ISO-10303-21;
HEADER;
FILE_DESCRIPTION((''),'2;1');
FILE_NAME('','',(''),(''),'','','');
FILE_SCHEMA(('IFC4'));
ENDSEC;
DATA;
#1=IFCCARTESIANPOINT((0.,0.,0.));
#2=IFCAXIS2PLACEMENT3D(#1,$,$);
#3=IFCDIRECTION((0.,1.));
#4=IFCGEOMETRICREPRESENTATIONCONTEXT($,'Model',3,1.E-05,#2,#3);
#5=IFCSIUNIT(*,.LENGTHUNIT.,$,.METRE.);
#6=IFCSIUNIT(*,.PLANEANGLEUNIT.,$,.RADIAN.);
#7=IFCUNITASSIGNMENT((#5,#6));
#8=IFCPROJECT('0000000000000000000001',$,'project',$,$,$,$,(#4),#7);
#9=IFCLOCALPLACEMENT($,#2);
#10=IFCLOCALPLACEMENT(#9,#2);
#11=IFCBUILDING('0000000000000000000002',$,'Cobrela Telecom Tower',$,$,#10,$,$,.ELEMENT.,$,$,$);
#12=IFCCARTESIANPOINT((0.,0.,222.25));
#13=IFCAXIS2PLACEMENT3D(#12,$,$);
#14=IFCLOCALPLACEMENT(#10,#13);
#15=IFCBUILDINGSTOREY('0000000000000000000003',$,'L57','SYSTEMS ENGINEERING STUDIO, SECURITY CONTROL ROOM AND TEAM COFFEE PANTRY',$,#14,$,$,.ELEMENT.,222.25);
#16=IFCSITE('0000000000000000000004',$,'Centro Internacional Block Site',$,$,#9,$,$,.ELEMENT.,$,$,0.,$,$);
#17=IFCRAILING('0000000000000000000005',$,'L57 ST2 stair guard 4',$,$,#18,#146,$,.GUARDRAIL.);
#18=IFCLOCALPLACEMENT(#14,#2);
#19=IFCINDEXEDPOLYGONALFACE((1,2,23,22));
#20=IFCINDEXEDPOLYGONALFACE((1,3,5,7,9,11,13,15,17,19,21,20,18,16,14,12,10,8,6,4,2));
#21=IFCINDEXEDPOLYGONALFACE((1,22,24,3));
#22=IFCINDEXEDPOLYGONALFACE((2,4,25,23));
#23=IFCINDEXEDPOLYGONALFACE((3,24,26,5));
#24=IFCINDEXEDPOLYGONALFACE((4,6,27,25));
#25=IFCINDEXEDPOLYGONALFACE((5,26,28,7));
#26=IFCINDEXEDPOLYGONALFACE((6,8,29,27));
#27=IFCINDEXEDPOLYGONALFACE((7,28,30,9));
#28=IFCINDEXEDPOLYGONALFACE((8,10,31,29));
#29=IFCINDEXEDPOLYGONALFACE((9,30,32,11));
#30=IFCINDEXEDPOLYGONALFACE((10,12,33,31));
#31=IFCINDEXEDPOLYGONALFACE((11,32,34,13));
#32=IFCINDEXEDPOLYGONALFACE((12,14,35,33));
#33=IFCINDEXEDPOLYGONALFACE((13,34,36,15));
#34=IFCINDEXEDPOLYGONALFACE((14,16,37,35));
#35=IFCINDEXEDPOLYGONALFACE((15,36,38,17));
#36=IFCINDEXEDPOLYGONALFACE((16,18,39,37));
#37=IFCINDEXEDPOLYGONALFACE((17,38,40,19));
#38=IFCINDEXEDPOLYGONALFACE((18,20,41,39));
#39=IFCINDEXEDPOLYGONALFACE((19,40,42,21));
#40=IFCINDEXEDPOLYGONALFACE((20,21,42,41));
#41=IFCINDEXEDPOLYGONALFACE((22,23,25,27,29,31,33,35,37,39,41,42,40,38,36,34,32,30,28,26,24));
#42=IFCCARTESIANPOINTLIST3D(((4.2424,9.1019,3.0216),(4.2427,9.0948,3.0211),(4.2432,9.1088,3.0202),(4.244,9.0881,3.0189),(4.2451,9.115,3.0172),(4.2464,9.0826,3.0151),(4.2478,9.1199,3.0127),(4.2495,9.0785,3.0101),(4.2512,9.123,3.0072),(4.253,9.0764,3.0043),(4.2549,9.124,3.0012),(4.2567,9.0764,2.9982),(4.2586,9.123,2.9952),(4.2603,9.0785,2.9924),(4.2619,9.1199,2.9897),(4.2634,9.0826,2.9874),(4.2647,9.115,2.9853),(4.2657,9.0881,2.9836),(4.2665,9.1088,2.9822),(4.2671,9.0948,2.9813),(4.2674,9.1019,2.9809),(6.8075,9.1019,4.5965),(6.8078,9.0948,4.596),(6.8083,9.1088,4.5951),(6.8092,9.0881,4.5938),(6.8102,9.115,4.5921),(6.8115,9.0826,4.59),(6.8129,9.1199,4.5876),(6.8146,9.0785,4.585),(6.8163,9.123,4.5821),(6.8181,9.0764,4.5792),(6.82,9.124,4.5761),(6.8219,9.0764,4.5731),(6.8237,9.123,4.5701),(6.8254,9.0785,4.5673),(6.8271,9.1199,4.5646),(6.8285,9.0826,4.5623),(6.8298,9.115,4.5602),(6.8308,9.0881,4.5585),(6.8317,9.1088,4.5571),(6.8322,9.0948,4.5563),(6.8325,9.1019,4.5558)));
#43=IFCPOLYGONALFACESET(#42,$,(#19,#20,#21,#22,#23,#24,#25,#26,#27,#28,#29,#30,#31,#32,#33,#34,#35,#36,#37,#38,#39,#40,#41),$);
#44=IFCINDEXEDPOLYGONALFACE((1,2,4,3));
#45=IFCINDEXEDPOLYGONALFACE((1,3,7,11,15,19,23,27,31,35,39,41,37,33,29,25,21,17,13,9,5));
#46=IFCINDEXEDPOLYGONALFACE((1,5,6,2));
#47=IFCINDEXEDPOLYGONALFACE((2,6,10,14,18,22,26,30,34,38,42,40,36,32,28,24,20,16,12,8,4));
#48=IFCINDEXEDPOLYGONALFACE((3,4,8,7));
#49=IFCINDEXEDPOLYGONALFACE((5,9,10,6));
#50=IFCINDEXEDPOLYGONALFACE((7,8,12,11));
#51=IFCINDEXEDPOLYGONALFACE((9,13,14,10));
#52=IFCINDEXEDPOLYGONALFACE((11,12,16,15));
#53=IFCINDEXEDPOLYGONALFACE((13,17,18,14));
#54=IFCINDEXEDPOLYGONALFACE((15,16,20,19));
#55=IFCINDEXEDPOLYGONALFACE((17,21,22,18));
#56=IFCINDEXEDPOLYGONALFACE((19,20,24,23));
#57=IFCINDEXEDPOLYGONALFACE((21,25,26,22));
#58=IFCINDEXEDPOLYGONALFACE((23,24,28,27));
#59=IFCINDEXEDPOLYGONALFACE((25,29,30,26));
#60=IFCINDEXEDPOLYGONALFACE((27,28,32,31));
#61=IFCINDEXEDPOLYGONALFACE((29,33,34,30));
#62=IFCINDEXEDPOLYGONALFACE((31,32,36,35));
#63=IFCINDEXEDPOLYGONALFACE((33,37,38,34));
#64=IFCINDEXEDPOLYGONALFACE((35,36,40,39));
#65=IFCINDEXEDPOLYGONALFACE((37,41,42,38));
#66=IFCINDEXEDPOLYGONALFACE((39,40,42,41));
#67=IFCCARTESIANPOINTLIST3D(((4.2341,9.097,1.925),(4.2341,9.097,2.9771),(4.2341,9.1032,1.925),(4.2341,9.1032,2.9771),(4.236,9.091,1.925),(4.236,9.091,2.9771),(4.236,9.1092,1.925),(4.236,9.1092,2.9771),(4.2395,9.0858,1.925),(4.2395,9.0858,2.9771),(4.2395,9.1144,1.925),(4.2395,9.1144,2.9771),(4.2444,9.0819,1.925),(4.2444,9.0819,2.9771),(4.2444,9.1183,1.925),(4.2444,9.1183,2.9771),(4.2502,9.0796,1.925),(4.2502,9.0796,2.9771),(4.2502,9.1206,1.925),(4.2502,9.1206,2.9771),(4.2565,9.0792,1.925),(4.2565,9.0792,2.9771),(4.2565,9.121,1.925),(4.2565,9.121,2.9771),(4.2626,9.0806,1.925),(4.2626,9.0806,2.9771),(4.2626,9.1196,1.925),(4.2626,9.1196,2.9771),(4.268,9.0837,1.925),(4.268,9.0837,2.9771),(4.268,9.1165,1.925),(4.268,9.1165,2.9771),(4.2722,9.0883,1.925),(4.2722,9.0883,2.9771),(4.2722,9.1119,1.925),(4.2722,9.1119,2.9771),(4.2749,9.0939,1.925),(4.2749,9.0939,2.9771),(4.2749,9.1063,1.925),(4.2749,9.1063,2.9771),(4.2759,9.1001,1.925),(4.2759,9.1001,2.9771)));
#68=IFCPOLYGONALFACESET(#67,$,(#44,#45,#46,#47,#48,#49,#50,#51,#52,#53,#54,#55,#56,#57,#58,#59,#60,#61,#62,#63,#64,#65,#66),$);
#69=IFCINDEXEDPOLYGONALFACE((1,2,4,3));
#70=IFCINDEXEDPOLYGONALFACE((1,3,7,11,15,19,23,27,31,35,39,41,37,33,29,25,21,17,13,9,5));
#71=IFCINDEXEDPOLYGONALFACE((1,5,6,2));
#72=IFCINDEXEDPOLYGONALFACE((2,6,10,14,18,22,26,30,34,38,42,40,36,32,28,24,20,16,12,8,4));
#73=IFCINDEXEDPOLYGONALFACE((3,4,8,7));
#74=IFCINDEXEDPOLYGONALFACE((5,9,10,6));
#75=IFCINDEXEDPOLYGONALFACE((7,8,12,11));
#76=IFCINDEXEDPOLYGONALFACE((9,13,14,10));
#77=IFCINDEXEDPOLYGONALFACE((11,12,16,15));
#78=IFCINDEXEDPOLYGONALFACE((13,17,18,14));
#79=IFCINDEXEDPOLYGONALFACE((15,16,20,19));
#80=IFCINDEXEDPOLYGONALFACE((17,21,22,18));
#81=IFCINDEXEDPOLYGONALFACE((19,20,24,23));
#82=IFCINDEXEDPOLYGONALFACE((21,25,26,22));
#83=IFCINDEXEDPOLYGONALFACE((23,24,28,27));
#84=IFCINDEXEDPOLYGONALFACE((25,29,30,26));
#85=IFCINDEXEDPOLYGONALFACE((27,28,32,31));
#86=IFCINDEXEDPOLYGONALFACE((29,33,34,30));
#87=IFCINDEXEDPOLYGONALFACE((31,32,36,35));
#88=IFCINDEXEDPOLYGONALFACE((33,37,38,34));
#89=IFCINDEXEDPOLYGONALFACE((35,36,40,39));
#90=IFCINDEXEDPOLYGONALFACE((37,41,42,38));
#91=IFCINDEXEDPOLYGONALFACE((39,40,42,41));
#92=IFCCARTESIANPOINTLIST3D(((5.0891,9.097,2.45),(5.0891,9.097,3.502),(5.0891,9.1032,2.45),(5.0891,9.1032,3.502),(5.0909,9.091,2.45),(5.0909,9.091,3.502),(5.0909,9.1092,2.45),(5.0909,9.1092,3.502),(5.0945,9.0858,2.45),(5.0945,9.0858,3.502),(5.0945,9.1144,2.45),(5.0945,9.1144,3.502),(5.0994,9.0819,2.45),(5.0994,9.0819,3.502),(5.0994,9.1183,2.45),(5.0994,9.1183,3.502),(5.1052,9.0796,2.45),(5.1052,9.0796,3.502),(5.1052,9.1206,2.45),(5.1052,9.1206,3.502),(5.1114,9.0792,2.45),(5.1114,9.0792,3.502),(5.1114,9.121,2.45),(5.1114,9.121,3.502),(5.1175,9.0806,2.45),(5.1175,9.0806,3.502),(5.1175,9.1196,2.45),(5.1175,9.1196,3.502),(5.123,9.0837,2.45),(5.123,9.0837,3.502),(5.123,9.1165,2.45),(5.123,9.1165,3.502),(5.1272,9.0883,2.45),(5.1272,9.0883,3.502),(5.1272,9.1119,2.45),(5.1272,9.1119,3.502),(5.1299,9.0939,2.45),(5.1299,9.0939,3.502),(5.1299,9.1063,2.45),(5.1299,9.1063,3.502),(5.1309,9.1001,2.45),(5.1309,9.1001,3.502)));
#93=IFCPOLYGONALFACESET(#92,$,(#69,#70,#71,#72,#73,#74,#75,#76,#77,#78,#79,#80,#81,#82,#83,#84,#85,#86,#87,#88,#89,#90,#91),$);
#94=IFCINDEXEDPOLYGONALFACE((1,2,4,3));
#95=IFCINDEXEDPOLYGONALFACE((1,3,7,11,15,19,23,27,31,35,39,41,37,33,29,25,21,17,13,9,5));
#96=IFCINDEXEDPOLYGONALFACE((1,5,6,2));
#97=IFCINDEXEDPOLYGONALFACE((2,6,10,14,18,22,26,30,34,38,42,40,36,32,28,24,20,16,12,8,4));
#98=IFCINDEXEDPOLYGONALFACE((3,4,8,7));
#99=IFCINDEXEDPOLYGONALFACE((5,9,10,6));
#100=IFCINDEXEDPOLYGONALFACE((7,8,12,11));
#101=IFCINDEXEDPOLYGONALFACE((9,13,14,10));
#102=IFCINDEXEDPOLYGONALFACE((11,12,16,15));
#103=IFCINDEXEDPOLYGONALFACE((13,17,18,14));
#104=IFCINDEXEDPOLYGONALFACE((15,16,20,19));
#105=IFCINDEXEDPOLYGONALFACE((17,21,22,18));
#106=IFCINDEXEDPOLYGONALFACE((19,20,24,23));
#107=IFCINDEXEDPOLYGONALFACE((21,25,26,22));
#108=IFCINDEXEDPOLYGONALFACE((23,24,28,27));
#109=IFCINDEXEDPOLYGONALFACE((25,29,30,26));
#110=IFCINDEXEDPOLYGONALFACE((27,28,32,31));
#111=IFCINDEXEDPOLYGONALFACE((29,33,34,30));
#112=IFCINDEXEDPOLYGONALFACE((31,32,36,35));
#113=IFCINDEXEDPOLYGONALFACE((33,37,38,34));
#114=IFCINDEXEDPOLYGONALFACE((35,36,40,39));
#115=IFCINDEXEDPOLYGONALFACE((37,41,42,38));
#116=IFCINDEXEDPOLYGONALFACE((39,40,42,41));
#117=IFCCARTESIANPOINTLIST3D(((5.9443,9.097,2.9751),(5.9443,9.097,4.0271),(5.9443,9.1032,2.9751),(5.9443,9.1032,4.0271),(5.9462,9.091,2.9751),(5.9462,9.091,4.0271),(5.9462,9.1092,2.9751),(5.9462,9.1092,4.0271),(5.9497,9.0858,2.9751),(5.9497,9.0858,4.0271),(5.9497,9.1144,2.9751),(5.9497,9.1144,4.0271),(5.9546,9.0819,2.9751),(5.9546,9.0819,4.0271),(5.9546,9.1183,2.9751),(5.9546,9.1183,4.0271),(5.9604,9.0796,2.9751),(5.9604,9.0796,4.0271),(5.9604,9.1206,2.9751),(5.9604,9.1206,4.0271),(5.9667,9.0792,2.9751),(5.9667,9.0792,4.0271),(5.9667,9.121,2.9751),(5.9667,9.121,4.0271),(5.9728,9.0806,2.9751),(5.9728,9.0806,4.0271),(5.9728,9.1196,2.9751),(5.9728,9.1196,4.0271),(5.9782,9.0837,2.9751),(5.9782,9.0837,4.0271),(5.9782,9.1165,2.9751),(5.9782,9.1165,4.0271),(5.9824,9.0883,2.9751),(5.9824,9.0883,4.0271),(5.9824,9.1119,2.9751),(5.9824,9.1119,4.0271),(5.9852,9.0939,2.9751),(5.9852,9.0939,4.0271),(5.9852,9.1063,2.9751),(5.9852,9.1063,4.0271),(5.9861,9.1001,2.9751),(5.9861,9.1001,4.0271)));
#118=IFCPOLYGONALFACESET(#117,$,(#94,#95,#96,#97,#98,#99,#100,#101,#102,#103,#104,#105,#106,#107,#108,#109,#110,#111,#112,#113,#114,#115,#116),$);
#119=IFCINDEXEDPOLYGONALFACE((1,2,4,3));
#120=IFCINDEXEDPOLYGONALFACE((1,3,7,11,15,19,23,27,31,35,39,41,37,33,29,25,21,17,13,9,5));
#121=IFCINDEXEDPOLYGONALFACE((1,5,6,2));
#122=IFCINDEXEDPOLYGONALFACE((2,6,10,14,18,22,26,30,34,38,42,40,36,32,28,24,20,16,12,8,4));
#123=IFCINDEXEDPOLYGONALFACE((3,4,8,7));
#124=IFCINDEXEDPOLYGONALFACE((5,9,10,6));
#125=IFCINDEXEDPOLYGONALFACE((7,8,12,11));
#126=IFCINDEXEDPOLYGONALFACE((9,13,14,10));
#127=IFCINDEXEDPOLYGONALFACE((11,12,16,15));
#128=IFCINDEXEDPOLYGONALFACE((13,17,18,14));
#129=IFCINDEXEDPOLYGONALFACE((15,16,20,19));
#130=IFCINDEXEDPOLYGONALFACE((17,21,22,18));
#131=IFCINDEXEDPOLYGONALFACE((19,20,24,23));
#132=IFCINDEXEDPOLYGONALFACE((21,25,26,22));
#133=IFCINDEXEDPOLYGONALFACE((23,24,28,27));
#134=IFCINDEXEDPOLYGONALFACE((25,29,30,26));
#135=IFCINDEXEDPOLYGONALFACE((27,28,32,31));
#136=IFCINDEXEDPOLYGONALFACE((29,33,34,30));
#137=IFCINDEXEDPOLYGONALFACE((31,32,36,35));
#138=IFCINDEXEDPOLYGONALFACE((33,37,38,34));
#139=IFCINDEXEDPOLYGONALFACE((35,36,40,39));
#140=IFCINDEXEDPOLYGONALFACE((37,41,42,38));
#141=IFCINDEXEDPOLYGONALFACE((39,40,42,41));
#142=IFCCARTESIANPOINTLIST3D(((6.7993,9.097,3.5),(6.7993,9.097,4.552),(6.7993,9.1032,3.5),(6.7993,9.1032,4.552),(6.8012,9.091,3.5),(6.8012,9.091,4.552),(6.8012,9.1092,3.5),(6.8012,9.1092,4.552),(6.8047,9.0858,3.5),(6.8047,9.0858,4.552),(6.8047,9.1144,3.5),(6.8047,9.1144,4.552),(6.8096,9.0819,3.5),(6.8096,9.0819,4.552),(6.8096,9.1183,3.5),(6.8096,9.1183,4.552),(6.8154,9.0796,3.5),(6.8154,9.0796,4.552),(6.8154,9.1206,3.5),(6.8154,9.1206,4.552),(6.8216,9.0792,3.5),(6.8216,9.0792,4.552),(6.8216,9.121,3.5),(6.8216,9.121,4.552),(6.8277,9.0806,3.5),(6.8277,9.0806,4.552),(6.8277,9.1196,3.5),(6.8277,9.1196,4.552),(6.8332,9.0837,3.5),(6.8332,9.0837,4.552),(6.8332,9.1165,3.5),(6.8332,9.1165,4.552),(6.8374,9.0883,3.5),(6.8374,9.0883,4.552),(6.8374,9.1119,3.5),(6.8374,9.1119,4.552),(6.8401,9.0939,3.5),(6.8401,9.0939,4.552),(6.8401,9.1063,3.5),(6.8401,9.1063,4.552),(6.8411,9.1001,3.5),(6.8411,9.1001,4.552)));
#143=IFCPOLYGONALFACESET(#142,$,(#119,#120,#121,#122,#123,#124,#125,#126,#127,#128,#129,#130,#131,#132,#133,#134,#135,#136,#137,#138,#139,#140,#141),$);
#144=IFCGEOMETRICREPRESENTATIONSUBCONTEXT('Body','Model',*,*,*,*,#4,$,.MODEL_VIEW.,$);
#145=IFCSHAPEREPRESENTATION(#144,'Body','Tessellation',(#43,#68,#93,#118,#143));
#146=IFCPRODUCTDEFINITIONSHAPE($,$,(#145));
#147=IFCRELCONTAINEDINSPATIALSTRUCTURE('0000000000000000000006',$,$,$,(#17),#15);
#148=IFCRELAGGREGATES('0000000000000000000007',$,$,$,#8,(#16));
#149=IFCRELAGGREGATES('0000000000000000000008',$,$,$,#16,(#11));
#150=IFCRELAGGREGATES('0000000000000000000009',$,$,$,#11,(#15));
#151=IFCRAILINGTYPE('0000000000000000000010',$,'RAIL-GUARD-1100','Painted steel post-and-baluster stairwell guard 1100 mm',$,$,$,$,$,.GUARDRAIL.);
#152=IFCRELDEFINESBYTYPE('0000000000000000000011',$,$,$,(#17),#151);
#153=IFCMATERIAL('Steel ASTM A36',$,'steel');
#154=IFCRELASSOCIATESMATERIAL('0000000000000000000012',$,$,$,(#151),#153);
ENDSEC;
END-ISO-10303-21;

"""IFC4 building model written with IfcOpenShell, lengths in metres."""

from ifc_helpers import new_model, si_unit, direction, frame, origin, origin_2d, place, context, subcontext, project, spatial, circle, extrude, material, type_object, element, save


model = new_model("IFC4")

# Units and contexts
model_context = context("Model", 3, precision=1e-05, world=origin(), true_north=direction((0.0, 1.0)))
body_context = subcontext(model_context, "Body", "Model", "MODEL_VIEW")
ifc_project = project(units=[si_unit("LENGTHUNIT", "METRE"), si_unit("PLANEANGLEUNIT", "RADIAN")], contexts=[model_context])

# Site, building, storey
site_placement = place(None, origin())
site = spatial("IfcSite", under=ifc_project, at=site_placement, Name="Centro Internacional Block Site", CompositionType="ELEMENT", RefElevation=0.0)
building_placement = place(site_placement, origin())
building = spatial("IfcBuilding", under=site, at=building_placement, Name="Cobrela Telecom Tower", CompositionType="ELEMENT")
storey_placement = place(building_placement, frame((0.0, 0.0, 222.25)))
storey = spatial("IfcBuildingStorey", under=building, at=storey_placement, Name="L57", Description="SYSTEMS ENGINEERING STUDIO, SECURITY CONTROL ROOM AND TEAM COFFEE PANTRY", CompositionType="ELEMENT", Elevation=222.25)

# Shared definitions
ifc_material_1 = material(Name="Steel ASTM A36", Category="steel")

# Railing
railing_type = type_object("IfcRailingType", Name="RAIL-GUARD-1100", Description="Painted steel post-and-baluster stairwell guard 1100 mm", PredefinedType="GUARDRAIL", material=ifc_material_1)
railing_1_placement = place(storey_placement, frame((4.2549, 9.1001, 1.925)))
element("IfcRailing", 1, at=railing_1_placement, inside=storey, type_object=railing_type, Name="L57 ST2 stair guard 4", PredefinedType="GUARDRAIL", context=body_context, shape_type="SweptSolid", body=[
    extrude(circle(Radius=0.0239, at=origin_2d()), frame((0.0, 0.0, 1.0762), z_axis=(0.852195, 0.0, 0.523224), x_axis=(0.0, 1.0, 0.0)), (0.0, 0.0, 1.0), 3.01),
    extrude(circle(Radius=0.021, at=origin_2d()), origin(), (0.0, 0.0, 1.0), 1.052),
    extrude(circle(Radius=0.021, at=origin_2d()), frame((0.855, 0.0, 0.5249)), (0.0, 0.0, 1.0), 1.052),
    extrude(circle(Radius=0.021, at=origin_2d()), frame((1.7102, 0.0, 1.05)), (0.0, 0.0, 1.0), 1.052),
    extrude(circle(Radius=0.021, at=origin_2d()), frame((2.5652, 0.0, 1.575)), (0.0, 0.0, 1.0), 1.052),
])

save(model, "model.ifc")
